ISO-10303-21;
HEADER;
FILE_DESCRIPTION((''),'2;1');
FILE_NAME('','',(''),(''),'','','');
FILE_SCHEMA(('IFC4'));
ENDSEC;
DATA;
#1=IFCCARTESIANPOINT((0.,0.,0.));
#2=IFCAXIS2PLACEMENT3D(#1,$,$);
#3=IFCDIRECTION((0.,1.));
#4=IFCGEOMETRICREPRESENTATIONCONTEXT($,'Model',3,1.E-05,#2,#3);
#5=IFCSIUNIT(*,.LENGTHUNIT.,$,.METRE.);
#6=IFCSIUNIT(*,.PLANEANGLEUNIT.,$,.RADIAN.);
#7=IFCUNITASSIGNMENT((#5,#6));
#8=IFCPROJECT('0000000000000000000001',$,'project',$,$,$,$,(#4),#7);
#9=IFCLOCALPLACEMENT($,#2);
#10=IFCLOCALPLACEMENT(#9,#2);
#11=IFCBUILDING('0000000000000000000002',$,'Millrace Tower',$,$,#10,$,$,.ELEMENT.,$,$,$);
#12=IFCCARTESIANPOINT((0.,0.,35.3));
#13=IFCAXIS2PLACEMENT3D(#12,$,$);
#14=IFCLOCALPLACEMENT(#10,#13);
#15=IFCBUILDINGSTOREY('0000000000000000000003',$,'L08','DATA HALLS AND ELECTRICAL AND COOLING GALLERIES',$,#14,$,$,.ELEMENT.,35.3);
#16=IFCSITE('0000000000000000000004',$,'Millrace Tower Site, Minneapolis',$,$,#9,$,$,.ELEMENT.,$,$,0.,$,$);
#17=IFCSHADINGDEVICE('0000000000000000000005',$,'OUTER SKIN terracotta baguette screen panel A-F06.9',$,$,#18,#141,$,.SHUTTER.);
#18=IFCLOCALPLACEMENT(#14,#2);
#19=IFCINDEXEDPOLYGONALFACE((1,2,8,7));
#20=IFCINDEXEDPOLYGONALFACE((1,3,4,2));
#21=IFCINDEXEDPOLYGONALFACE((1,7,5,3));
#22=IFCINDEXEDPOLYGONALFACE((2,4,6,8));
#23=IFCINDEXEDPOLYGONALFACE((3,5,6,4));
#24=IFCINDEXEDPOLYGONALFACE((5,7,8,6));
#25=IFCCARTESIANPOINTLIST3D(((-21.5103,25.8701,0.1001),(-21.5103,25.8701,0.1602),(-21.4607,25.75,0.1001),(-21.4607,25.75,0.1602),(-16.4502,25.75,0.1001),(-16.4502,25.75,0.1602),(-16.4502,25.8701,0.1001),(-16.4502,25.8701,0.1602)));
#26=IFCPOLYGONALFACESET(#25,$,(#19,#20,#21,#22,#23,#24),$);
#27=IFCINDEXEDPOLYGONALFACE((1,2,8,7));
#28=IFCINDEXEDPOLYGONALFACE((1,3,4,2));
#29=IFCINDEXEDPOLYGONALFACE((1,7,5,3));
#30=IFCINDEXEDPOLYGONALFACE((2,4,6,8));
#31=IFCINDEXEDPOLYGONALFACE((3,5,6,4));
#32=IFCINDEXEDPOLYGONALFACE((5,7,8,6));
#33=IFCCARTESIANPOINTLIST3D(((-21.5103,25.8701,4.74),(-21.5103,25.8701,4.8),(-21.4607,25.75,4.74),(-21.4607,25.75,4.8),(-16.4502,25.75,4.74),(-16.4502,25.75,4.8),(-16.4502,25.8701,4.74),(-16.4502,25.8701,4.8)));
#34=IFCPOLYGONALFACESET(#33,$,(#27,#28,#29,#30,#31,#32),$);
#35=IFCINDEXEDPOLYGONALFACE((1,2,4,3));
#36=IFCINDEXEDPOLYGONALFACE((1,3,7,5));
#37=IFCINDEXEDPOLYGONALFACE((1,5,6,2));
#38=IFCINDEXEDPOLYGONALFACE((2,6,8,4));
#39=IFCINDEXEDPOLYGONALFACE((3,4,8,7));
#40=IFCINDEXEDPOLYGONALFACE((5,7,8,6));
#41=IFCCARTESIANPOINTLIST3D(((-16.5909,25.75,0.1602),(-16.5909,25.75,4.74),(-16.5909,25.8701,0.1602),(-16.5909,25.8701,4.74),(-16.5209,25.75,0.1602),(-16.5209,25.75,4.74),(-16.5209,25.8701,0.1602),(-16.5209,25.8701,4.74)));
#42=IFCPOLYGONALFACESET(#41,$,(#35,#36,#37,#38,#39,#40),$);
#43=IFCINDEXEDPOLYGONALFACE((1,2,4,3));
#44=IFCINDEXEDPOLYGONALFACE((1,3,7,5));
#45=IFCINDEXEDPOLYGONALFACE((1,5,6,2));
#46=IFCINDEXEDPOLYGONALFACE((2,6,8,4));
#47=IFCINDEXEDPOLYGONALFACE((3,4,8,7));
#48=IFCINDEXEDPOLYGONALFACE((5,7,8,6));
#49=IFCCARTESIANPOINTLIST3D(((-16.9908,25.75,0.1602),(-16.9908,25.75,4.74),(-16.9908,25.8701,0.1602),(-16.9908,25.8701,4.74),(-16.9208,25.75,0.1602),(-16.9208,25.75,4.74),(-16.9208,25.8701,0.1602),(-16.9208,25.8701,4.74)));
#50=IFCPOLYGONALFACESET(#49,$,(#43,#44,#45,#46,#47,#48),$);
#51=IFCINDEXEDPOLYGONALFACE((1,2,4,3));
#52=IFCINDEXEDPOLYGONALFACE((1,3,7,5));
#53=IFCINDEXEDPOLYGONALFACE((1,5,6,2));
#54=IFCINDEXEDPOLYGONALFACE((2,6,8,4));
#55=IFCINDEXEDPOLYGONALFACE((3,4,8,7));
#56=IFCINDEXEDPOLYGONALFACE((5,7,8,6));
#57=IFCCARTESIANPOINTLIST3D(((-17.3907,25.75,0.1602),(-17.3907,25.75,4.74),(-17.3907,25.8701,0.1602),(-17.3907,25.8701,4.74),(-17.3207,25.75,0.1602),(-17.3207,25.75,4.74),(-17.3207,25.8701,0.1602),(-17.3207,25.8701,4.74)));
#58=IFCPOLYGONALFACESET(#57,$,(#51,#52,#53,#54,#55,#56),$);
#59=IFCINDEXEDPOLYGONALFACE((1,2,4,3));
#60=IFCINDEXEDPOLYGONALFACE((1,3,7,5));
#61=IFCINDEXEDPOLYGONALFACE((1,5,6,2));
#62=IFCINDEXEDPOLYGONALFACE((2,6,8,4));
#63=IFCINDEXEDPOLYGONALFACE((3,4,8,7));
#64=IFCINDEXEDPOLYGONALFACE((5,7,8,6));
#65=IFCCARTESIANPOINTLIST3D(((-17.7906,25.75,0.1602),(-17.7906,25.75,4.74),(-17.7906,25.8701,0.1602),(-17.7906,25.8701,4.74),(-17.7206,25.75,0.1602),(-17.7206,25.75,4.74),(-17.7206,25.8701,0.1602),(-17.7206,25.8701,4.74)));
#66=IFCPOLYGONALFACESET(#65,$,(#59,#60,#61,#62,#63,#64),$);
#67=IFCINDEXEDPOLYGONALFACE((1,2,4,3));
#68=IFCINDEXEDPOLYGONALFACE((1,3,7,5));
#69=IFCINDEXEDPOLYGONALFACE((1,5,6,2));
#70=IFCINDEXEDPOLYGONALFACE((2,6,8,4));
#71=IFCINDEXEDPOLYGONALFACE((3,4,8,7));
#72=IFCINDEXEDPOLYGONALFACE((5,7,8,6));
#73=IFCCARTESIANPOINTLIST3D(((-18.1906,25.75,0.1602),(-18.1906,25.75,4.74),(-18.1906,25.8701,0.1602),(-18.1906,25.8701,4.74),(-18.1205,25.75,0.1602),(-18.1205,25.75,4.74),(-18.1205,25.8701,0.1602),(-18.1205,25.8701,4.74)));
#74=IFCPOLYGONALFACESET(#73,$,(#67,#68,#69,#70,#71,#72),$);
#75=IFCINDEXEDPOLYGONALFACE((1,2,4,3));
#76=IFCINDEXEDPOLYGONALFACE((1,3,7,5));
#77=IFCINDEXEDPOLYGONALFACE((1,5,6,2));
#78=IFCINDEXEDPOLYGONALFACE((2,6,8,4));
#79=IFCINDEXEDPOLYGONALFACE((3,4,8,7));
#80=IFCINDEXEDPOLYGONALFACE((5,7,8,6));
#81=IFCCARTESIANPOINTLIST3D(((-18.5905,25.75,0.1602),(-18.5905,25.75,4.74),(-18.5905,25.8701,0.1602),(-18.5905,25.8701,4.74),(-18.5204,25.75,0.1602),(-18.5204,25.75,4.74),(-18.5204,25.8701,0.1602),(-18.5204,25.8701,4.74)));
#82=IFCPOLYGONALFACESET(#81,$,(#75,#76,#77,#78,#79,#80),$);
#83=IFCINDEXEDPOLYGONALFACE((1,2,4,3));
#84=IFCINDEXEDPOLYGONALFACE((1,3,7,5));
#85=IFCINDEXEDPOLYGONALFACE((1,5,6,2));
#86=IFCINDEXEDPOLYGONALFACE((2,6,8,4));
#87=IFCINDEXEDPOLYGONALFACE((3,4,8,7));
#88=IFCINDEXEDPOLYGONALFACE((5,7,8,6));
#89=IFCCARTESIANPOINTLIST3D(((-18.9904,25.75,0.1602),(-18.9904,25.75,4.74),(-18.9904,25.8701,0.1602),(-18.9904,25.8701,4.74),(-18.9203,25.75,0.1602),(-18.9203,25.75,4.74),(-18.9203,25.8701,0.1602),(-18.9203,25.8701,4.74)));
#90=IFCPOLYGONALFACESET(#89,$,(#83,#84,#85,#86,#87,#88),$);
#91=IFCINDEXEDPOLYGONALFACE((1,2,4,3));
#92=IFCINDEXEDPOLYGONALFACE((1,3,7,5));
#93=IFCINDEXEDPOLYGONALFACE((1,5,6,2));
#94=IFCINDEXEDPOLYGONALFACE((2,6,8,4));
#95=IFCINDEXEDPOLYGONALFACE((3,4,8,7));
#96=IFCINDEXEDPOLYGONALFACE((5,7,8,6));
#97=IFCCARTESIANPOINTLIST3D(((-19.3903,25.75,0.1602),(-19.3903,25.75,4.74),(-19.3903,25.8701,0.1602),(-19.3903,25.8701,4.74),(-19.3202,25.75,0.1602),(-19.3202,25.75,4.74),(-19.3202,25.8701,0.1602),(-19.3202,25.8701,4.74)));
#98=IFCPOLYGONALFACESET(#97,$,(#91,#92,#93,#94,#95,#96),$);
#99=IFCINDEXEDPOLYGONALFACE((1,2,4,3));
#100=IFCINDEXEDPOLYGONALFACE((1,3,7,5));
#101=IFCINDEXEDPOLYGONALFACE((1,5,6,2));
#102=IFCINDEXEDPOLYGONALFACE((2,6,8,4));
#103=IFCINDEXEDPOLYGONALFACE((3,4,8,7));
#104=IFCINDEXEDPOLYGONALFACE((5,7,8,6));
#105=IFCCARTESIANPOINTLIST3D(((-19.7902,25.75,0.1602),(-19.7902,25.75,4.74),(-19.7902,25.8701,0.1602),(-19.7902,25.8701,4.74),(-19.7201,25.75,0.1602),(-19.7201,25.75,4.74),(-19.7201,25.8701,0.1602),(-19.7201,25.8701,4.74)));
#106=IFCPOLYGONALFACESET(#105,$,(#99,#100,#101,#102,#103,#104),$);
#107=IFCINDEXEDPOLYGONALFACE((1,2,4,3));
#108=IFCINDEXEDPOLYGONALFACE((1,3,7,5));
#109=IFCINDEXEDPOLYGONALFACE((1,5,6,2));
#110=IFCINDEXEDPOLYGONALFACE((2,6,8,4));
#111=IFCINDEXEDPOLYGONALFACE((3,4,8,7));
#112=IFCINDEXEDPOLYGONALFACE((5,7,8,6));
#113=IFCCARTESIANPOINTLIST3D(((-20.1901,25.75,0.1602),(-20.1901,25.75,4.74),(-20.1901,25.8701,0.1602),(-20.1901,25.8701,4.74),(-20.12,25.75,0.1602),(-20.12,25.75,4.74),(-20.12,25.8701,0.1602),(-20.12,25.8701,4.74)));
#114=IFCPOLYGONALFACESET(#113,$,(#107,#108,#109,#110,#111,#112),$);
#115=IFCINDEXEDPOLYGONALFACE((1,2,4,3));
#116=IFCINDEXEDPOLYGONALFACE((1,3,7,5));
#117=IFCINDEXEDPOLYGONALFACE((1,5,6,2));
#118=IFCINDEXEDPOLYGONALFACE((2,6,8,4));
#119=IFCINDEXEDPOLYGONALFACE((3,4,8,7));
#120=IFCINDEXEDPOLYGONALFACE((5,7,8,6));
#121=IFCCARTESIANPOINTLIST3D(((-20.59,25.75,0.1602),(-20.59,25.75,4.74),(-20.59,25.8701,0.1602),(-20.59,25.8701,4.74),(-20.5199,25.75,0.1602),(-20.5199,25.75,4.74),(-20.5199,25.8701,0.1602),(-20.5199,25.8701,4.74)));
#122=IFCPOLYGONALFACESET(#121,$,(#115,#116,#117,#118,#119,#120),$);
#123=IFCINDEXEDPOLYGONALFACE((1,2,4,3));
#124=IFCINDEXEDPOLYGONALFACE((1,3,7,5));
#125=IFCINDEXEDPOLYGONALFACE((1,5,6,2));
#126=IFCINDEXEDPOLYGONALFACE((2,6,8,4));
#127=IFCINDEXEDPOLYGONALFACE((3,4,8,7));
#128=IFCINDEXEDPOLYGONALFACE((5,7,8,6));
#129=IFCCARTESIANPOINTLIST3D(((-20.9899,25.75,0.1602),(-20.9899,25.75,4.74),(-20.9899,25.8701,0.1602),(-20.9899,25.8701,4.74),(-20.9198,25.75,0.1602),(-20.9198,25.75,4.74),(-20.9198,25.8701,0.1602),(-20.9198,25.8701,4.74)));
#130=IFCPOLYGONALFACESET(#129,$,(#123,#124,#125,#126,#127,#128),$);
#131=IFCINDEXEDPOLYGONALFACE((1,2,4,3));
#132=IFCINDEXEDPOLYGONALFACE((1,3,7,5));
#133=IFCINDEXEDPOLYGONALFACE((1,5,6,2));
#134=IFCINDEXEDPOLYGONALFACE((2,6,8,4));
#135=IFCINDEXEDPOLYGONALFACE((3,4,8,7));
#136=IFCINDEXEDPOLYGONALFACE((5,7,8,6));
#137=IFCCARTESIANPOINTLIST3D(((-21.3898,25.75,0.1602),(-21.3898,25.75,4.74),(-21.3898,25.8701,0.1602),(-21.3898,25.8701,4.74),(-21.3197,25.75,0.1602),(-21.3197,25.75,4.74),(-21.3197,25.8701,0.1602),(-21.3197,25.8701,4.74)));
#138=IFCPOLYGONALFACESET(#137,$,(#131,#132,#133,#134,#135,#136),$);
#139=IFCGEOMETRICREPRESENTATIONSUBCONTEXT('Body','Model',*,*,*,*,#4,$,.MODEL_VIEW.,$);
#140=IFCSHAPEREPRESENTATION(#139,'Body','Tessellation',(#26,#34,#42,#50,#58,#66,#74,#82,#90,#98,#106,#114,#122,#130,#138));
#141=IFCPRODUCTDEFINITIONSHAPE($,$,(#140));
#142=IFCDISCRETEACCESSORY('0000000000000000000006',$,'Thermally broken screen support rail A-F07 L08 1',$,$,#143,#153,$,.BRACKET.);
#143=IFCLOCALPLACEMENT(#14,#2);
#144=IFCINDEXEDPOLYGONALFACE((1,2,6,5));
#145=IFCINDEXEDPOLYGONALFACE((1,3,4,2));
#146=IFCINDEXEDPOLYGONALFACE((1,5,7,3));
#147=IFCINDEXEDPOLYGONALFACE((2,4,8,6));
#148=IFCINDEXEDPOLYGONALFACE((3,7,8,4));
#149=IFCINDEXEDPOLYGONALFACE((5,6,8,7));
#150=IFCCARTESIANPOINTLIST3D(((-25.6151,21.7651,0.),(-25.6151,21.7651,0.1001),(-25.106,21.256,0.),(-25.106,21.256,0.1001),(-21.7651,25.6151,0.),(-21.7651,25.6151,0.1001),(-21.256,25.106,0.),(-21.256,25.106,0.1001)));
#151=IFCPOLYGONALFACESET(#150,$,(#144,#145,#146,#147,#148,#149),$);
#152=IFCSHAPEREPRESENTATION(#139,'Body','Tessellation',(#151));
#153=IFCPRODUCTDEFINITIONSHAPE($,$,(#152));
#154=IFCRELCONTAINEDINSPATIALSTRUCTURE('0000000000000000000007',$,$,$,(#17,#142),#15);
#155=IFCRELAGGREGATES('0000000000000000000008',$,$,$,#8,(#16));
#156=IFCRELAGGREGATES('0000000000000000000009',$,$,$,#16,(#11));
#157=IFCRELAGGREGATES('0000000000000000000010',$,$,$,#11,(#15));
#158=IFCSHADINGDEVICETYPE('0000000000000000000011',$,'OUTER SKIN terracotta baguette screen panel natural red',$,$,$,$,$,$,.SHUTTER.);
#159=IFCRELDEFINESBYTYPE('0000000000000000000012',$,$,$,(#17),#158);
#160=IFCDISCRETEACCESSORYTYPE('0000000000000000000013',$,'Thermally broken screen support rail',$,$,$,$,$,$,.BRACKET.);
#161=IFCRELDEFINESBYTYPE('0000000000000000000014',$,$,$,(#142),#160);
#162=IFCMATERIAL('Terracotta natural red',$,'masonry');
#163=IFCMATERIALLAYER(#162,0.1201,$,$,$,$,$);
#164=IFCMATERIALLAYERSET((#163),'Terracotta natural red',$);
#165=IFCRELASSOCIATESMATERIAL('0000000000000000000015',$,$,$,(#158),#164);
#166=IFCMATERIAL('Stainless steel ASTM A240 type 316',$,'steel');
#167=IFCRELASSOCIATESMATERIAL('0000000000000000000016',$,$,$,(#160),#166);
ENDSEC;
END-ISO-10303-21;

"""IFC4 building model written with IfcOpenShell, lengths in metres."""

from ifc_helpers import new_model, entity, si_unit, direction, frame, frame_2d, origin, origin_2d, place, context, subcontext, project, spatial, rectangle, extrude, source, transform, mapped, material, layer, layer_set, type_object, element, save


model = new_model("IFC4")

# Units and contexts
model_context = context("Model", 3, precision=1e-05, world=origin(), true_north=direction((0.0, 1.0)))
body_context = subcontext(model_context, "Body", "Model", "MODEL_VIEW")
ifc_project = project(units=[si_unit("LENGTHUNIT", "METRE"), si_unit("PLANEANGLEUNIT", "RADIAN")], contexts=[model_context])

# Site, building, storey
site_placement = place(None, origin())
site = spatial("IfcSite", under=ifc_project, at=site_placement, Name="Millrace Tower Site, Minneapolis", CompositionType="ELEMENT", RefElevation=0.0)
building_placement = place(site_placement, origin())
building = spatial("IfcBuilding", under=site, at=building_placement, Name="Millrace Tower", CompositionType="ELEMENT")
storey_placement = place(building_placement, frame((0.0, 0.0, 35.3)))
storey = spatial("IfcBuildingStorey", under=building, at=storey_placement, Name="L08", Description="DATA HALLS AND ELECTRICAL AND COOLING GALLERIES", CompositionType="ELEMENT", Elevation=35.3)

# Shading device
ifc_material_1 = material(Name="Terracotta natural red", Category="masonry")
ifc_layer_1 = layer(ifc_material_1, 0.1201)
ifc_layer_set_1 = layer_set([ifc_layer_1], Name="Terracotta natural red")
shading_device_type_1 = type_object("IfcShadingDeviceType", Name="OUTER SKIN terracotta baguette screen panel natural red", PredefinedType="SHUTTER", material=ifc_layer_set_1)
cartesian_point_1 = entity("IfcCartesianPoint", [-2.5176, 0.0601])
shared_polyline_1 = entity("IfcPolyline", [cartesian_point_1, entity("IfcCartesianPoint", [2.4929, 0.0601]), entity("IfcCartesianPoint", [2.5425, -0.0601]), entity("IfcCartesianPoint", [-2.5176, -0.0601]), cartesian_point_1])
shared_shape_1 = source(origin(), body_context, "Body", "SweptSolid", [
    entity("IfcExtrudedAreaSolid", entity("IfcArbitraryClosedProfileDef", "AREA", None, shared_polyline_1), entity("IfcAxis2Placement3D", entity("IfcCartesianPoint", [0.0, 0.0, 0.0])), entity("IfcDirection", [0.0, 0.0, 1.0]), 0.0601),
    entity("IfcExtrudedAreaSolid", entity("IfcArbitraryClosedProfileDef", "AREA", None, shared_polyline_1), entity("IfcAxis2Placement3D", entity("IfcCartesianPoint", [0.0, 0.0, 4.6399])), entity("IfcDirection", [0.0, 0.0, 1.0]), 0.0601),
    extrude(rectangle(XDim=0.0701, YDim=0.1201, at=frame_2d((-2.4119, 0.0))), frame((0.0, 0.0, 0.0601)), (0.0, 0.0, 1.0), 4.5798),
    extrude(rectangle(XDim=0.0701, YDim=0.1201, at=frame_2d((-2.012, 0.0))), frame((0.0, 0.0, 0.0601)), (0.0, 0.0, 1.0), 4.5798),
    extrude(rectangle(XDim=0.0701, YDim=0.1201, at=frame_2d((-1.6121, 0.0))), frame((0.0, 0.0, 0.0601)), (0.0, 0.0, 1.0), 4.5798),
    extrude(rectangle(XDim=0.0701, YDim=0.1201, at=frame_2d((-1.2122, 0.0))), frame((0.0, 0.0, 0.0601)), (0.0, 0.0, 1.0), 4.5798),
    extrude(rectangle(XDim=0.0701, YDim=0.1201, at=frame_2d((-0.8123, 0.0))), frame((0.0, 0.0, 0.0601)), (0.0, 0.0, 1.0), 4.5798),
    extrude(rectangle(XDim=0.0701, YDim=0.1201, at=frame_2d((-0.4124, 0.0))), frame((0.0, 0.0, 0.0601)), (0.0, 0.0, 1.0), 4.5798),
    extrude(rectangle(XDim=0.0701, YDim=0.1201, at=frame_2d((-0.0125, 0.0))), frame((0.0, 0.0, 0.0601)), (0.0, 0.0, 1.0), 4.5798),
    extrude(rectangle(XDim=0.0701, YDim=0.1201, at=frame_2d((0.3875, 0.0))), frame((0.0, 0.0, 0.0601)), (0.0, 0.0, 1.0), 4.5798),
    extrude(rectangle(XDim=0.0701, YDim=0.1201, at=frame_2d((0.7874, 0.0))), frame((0.0, 0.0, 0.0601)), (0.0, 0.0, 1.0), 4.5798),
    extrude(rectangle(XDim=0.0701, YDim=0.1201, at=frame_2d((1.1873, 0.0))), frame((0.0, 0.0, 0.0601)), (0.0, 0.0, 1.0), 4.5798),
    extrude(rectangle(XDim=0.0701, YDim=0.1201, at=frame_2d((1.5872, 0.0))), frame((0.0, 0.0, 0.0601)), (0.0, 0.0, 1.0), 4.5798),
    extrude(rectangle(XDim=0.0701, YDim=0.1201, at=frame_2d((1.9871, 0.0))), frame((0.0, 0.0, 0.0601)), (0.0, 0.0, 1.0), 4.5798),
    extrude(rectangle(XDim=0.0701, YDim=0.1201, at=frame_2d((2.387, 0.0))), frame((0.0, 0.0, 0.0601)), (0.0, 0.0, 1.0), 4.5798),
])
shading_device_1_placement = place(storey_placement, frame((-18.9678, 25.8101, 0.1001), z_axis=(0.0, 0.0, 1.0), x_axis=(-1.0, 0.0, 0.0)))
element("IfcShadingDevice", 1, at=shading_device_1_placement, inside=storey, type_object=shading_device_type_1, Name="OUTER SKIN terracotta baguette screen panel A-F06.9", PredefinedType="SHUTTER", context=body_context, shape_type="MappedRepresentation", body=[
    mapped(shared_shape_1, transform((0.0, 0.0, 0.0), scale=1.0)),
])

# Discrete accessory
ifc_material_2 = material(Name="Stainless steel ASTM A240 type 316", Category="steel")
discrete_accessory_type = type_object("IfcDiscreteAccessoryType", Name="Thermally broken screen support rail", PredefinedType="BRACKET", material=ifc_material_2)
discrete_accessory_placement = place(storey_placement, frame((-23.4355, 23.4355, 0.0), z_axis=(0.0, 0.0, 1.0), x_axis=(-0.707107, -0.707107, 0.0)))
element("IfcDiscreteAccessory", 2, at=discrete_accessory_placement, inside=storey, type_object=discrete_accessory_type, Name="Thermally broken screen support rail A-F07 L08 1", PredefinedType="BRACKET", context=body_context, shape_type="SweptSolid", body=[
    extrude(rectangle(XDim=5.4448, YDim=0.72, at=origin_2d()), origin(), (0.0, 0.0, 1.0), 0.1001),
])

save(model, "model.ifc")
